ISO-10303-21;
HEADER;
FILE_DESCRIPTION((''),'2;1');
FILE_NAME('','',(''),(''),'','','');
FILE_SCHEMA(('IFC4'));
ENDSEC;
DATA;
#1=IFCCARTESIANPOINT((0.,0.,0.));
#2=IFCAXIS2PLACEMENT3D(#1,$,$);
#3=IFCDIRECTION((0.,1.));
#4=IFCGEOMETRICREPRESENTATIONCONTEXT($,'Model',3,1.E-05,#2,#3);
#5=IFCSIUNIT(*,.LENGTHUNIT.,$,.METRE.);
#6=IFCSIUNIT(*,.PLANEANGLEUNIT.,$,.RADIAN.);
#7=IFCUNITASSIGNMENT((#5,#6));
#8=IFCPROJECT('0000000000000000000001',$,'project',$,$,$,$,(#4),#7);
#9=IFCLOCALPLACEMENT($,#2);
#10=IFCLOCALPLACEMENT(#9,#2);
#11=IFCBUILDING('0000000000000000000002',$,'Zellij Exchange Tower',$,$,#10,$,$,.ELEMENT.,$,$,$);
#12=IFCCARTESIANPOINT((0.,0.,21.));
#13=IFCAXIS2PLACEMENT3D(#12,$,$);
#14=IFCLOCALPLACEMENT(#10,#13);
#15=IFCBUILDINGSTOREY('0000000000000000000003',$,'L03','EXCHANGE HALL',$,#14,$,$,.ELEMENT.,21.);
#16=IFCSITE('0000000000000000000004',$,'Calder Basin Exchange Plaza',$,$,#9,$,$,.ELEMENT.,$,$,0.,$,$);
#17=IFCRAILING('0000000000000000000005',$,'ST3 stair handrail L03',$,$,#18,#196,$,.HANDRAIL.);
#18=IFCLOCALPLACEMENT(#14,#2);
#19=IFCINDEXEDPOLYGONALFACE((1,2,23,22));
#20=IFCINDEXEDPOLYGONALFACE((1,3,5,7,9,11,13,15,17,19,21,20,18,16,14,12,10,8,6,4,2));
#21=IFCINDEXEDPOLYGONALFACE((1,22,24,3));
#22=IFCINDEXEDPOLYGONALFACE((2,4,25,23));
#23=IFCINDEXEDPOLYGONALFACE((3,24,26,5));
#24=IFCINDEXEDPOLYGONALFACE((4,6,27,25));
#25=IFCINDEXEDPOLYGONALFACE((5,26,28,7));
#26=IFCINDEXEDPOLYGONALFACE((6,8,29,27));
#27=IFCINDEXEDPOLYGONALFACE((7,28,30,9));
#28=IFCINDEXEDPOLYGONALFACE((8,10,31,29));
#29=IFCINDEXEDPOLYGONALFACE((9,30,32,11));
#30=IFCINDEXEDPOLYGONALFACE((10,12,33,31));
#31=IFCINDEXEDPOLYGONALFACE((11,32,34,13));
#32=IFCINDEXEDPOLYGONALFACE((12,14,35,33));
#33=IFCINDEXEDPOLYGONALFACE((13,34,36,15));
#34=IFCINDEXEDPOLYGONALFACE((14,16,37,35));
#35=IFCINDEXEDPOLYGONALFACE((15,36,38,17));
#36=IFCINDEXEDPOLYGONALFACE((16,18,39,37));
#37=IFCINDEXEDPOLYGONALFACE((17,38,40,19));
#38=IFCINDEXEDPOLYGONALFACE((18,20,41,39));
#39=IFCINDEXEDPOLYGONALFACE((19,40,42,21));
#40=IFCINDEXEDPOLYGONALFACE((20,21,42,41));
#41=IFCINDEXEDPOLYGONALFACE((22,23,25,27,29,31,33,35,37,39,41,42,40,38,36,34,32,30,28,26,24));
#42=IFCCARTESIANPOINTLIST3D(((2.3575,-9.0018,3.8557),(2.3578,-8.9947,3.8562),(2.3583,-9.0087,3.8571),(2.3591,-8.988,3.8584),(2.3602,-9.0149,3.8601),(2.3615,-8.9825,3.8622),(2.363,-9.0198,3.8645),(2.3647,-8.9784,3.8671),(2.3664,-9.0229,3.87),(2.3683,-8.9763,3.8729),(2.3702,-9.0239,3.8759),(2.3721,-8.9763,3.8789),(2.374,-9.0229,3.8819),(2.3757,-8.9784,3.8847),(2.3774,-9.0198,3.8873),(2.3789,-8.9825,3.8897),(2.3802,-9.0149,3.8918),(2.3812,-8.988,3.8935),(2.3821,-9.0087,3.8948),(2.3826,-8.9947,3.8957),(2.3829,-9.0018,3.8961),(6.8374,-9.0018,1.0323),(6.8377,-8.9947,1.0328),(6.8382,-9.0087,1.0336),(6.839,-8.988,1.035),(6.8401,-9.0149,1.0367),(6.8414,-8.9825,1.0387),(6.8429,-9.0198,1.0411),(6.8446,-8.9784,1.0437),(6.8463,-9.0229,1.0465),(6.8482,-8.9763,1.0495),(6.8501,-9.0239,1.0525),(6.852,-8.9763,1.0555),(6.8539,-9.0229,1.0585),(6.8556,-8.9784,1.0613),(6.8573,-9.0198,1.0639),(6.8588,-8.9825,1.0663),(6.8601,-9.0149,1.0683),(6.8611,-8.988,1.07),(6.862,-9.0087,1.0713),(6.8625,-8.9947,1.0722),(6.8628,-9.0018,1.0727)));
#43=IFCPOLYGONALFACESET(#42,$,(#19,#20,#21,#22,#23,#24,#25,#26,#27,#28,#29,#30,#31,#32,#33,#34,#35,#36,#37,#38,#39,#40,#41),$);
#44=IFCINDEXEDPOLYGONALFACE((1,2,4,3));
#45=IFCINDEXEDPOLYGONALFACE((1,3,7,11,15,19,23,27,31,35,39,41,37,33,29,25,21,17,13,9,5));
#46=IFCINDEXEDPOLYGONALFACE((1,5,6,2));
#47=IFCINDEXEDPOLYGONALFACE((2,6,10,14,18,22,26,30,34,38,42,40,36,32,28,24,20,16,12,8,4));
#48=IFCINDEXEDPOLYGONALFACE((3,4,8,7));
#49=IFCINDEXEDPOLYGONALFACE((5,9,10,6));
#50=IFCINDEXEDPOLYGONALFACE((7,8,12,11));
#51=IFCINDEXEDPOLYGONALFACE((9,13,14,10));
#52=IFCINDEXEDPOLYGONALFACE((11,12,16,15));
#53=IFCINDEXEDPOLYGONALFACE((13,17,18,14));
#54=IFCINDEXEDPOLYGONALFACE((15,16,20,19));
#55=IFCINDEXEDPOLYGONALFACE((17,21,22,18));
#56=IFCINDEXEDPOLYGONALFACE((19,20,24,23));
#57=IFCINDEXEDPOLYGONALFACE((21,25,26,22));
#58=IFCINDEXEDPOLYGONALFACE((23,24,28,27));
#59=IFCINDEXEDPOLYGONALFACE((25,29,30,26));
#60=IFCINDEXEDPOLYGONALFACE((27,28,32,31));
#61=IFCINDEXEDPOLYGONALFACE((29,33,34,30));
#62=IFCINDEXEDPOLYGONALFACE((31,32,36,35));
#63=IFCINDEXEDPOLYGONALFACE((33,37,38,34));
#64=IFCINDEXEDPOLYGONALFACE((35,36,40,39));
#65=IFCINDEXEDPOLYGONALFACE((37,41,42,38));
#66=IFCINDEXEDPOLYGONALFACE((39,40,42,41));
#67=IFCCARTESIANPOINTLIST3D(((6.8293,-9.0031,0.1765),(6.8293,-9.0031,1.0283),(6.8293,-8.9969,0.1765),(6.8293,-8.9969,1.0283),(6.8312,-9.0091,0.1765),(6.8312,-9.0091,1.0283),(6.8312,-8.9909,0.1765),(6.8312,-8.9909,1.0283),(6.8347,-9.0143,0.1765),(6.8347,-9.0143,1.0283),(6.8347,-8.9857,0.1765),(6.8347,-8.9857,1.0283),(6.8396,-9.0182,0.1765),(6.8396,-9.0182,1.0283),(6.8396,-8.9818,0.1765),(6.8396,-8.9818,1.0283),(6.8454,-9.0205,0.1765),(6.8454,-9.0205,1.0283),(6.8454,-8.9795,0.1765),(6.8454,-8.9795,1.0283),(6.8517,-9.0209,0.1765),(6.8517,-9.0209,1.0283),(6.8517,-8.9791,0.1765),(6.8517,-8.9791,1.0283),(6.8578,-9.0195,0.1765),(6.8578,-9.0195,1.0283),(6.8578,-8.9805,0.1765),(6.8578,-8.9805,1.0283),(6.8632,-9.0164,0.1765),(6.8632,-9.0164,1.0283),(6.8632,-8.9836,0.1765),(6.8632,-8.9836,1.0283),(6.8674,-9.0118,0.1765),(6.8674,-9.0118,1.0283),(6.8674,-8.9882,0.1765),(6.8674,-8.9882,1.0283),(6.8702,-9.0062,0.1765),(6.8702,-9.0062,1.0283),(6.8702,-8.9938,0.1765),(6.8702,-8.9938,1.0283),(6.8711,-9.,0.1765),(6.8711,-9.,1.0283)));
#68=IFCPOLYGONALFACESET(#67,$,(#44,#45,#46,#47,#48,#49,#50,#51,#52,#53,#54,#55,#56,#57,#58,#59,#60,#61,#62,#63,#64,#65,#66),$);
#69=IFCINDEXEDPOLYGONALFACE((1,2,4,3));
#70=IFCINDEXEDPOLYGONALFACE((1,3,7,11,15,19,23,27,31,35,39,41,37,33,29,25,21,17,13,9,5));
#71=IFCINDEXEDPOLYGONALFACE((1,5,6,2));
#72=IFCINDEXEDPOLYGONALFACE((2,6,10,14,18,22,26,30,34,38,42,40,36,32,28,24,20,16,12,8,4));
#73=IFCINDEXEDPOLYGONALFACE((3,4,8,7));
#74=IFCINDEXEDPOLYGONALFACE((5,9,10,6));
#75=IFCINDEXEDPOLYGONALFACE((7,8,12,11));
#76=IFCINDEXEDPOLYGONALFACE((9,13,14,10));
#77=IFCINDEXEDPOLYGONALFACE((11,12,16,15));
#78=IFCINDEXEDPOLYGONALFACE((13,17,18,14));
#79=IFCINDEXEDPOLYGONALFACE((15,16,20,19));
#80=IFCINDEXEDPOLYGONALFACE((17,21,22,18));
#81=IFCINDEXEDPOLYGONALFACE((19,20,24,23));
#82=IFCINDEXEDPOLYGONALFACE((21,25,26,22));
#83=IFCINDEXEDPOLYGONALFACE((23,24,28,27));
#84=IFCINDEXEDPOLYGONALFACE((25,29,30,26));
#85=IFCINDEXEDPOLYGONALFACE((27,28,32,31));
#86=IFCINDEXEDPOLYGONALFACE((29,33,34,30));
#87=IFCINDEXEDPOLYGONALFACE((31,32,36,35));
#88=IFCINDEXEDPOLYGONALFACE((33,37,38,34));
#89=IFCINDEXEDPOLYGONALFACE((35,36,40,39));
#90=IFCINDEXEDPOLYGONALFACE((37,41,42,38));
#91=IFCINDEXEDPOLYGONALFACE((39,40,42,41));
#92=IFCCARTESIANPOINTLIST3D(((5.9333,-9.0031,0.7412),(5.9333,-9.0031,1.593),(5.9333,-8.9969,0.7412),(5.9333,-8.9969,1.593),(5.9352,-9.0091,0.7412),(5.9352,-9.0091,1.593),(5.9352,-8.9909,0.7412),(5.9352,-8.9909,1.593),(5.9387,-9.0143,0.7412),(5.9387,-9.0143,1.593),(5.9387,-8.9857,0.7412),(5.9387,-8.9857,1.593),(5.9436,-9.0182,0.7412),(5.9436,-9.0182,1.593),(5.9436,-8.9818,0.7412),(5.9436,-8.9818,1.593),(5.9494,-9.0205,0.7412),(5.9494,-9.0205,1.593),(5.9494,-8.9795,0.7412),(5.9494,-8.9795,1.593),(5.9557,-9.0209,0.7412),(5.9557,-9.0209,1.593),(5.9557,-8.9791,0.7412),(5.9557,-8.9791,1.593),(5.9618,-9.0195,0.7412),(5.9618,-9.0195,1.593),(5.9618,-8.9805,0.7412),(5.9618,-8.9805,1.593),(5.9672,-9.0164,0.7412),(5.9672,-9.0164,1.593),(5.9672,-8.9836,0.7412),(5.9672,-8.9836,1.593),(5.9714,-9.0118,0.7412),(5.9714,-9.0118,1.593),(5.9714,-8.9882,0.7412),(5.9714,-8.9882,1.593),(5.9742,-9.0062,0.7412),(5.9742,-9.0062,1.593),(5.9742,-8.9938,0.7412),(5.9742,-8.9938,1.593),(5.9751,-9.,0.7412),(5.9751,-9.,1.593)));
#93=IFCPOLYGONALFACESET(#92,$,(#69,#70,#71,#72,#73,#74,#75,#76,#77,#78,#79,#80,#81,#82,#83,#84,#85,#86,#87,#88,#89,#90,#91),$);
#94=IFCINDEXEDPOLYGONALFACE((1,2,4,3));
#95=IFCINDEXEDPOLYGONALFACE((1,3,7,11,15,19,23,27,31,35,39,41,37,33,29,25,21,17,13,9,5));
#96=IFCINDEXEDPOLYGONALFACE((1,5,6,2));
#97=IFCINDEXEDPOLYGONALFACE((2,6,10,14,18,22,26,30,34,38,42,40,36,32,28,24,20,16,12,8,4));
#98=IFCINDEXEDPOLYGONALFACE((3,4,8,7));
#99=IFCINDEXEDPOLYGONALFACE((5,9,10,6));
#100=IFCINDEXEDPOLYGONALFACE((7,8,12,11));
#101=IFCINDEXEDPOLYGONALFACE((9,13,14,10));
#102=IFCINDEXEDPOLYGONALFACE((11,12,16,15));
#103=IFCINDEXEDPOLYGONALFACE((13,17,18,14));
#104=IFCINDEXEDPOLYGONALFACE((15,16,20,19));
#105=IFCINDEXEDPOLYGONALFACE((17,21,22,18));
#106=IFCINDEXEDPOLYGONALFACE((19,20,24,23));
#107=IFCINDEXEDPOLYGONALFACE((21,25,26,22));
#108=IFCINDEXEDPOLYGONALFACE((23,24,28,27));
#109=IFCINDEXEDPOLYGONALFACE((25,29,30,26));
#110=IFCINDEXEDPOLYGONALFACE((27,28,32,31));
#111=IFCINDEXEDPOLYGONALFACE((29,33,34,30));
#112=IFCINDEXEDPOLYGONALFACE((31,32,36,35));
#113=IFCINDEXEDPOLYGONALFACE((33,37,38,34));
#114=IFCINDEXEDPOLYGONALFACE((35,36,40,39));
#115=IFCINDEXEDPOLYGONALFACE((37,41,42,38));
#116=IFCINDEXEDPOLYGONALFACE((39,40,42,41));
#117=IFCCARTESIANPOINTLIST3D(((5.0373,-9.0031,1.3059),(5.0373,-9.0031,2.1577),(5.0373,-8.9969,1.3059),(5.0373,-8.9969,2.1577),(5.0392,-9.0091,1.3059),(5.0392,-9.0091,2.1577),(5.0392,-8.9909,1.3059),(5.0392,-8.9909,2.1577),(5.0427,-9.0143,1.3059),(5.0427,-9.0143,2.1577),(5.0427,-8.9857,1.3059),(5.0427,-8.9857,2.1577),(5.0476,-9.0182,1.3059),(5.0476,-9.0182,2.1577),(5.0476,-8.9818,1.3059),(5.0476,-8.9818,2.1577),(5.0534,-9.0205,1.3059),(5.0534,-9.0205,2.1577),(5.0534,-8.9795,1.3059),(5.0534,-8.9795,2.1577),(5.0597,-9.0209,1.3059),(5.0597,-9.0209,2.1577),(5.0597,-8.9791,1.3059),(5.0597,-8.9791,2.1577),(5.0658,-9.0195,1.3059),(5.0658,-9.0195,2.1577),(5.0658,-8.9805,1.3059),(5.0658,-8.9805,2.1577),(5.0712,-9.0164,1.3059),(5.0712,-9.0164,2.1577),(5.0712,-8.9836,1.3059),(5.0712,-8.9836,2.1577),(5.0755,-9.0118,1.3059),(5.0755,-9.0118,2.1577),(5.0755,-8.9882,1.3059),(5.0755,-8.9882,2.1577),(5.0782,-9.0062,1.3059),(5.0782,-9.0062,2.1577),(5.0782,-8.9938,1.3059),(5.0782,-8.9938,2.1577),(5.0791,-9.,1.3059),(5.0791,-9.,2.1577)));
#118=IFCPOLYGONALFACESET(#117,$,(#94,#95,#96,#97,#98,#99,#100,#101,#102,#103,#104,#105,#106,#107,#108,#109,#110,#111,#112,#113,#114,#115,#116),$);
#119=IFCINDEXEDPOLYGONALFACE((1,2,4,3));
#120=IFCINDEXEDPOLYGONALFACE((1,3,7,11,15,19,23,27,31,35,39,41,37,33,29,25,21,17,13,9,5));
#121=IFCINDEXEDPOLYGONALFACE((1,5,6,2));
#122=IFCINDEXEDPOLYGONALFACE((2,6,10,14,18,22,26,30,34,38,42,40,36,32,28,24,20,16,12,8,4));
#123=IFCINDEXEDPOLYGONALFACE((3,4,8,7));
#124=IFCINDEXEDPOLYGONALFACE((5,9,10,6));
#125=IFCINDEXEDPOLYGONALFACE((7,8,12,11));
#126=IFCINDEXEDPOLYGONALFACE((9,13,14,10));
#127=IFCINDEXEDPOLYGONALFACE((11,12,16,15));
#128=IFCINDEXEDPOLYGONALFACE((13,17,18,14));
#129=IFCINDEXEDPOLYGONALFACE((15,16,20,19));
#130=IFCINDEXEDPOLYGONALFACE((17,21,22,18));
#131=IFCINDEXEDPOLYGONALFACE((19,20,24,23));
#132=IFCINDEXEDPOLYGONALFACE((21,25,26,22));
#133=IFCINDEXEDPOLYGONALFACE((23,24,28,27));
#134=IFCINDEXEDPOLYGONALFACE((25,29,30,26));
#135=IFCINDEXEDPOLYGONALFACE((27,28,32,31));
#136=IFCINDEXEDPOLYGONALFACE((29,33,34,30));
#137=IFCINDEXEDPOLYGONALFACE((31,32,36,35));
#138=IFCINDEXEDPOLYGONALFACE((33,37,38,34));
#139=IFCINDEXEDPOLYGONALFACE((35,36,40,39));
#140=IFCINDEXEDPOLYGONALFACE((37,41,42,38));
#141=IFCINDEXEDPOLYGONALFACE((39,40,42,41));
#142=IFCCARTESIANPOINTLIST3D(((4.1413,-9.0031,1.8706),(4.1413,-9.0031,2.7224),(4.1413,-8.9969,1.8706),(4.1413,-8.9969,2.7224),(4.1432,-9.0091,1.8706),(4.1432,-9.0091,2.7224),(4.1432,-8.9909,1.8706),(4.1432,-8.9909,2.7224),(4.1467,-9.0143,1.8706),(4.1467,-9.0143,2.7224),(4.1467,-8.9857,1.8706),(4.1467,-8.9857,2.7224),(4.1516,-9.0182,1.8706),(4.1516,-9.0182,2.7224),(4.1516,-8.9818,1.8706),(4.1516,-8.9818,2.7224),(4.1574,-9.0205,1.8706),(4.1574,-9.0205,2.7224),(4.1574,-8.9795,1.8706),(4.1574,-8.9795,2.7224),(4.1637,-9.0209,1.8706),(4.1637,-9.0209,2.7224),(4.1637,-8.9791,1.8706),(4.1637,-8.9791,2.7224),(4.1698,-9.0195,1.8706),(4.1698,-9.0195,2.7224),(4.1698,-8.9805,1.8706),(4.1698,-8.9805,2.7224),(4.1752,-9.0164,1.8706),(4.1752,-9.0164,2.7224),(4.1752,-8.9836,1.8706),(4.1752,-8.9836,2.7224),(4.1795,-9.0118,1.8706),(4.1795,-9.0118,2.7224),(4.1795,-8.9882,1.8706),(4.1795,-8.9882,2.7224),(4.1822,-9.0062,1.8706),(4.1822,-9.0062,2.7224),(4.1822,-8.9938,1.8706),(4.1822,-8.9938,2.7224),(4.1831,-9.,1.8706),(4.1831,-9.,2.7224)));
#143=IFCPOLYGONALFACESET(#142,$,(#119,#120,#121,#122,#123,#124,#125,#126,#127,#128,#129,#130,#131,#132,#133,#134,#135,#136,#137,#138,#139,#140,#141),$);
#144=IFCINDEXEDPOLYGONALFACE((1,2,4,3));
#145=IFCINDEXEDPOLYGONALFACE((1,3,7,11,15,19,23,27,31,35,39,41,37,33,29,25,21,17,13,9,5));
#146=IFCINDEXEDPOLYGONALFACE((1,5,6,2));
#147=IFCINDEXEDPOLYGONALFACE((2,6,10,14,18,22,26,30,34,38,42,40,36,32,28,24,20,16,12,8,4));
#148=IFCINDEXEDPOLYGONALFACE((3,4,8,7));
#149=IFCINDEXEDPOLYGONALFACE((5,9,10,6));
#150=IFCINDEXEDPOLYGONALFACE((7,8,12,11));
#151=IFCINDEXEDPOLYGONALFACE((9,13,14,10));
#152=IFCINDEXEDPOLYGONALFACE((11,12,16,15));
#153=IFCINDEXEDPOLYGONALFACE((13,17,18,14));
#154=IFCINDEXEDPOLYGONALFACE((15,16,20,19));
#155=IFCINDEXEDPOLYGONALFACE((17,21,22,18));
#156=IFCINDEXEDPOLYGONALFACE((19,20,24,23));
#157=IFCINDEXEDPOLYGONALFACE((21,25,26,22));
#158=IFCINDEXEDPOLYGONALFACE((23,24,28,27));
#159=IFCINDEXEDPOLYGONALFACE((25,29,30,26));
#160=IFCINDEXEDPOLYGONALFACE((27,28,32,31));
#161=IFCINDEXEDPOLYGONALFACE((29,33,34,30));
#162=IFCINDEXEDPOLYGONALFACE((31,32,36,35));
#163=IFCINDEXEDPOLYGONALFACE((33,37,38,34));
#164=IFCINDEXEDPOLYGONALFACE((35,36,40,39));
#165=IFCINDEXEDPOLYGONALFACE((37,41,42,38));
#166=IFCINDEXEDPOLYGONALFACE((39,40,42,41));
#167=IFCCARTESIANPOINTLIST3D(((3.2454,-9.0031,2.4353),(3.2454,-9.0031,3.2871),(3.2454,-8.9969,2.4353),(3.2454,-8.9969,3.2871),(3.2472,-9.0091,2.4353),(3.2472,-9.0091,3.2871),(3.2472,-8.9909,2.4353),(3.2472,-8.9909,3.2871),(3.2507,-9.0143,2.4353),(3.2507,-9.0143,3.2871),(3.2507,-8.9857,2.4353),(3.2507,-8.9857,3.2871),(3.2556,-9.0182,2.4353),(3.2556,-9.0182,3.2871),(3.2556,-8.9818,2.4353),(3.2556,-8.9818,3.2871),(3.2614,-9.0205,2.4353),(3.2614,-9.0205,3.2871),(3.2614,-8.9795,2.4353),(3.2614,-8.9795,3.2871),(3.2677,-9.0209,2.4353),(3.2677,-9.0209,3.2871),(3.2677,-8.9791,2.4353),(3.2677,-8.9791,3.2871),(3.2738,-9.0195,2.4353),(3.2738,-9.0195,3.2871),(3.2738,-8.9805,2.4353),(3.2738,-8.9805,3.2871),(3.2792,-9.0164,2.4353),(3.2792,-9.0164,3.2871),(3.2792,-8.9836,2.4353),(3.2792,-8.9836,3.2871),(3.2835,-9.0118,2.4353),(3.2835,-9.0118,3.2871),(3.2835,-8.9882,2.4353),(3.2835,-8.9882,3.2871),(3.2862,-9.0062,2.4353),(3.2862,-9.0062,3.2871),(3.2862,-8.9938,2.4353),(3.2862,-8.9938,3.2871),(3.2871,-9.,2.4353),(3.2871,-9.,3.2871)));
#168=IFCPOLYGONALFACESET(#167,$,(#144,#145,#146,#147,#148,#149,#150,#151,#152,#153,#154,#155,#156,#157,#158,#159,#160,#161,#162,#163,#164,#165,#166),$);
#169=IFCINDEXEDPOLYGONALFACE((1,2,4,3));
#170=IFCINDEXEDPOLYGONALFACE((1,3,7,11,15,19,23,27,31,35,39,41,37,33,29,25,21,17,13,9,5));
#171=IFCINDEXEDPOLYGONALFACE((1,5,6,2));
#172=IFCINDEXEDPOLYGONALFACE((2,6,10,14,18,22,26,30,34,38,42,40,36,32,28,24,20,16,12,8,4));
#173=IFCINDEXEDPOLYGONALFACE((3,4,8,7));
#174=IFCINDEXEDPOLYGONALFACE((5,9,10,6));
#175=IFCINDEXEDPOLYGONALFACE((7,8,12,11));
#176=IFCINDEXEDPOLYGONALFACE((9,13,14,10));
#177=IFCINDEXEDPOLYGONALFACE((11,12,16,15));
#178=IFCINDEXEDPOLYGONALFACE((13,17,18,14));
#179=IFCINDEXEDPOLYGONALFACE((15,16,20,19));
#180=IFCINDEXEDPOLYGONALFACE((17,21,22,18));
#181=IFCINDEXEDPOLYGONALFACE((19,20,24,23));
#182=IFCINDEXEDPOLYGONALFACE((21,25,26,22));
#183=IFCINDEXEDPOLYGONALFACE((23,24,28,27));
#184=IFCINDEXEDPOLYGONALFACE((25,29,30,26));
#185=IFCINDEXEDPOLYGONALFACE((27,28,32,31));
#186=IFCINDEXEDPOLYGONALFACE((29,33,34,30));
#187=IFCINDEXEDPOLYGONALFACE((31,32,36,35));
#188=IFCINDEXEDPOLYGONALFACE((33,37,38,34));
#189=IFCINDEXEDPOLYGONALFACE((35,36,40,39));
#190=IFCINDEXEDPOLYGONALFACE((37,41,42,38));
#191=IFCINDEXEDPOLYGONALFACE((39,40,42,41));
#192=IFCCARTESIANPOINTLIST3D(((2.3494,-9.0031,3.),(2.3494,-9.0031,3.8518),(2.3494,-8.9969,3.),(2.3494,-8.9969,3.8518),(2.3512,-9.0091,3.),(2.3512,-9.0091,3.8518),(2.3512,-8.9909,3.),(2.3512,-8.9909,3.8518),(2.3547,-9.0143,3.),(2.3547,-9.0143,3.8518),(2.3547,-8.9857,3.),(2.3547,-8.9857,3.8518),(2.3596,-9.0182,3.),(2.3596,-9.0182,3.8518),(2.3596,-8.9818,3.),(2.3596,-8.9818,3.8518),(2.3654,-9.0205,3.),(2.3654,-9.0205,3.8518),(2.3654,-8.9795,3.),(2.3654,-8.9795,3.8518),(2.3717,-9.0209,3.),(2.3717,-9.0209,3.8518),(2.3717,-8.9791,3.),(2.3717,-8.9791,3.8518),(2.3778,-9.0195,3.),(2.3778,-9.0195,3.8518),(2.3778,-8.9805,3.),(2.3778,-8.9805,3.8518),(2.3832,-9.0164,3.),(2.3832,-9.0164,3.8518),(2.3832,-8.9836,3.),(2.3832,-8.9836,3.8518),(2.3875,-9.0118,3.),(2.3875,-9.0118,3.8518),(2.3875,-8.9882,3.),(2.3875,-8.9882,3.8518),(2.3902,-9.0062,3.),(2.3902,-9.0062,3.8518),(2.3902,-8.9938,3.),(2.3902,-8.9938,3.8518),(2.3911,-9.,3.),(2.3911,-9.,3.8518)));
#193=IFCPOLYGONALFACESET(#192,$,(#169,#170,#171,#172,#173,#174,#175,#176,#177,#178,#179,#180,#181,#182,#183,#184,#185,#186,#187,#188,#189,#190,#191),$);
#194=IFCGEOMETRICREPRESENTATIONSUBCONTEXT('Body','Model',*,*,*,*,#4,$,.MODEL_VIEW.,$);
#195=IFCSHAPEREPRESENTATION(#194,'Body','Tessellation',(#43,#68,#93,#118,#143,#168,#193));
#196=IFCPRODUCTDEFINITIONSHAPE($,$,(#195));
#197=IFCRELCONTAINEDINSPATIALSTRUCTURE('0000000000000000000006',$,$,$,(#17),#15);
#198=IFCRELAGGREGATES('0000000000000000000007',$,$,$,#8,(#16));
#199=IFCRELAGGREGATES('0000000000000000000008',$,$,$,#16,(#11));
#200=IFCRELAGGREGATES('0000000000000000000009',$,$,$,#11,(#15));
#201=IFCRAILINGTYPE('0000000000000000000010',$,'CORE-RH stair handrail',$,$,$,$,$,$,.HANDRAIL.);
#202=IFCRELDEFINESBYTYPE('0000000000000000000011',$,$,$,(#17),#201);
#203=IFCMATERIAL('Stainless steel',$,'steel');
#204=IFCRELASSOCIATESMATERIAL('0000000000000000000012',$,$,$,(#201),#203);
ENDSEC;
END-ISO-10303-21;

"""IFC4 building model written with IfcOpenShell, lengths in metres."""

from ifc_helpers import new_model, si_unit, direction, frame, origin, origin_2d, place, context, subcontext, project, spatial, circle, extrude, material, type_object, element, save


model = new_model("IFC4")

# Units and contexts
model_context = context("Model", 3, precision=1e-05, world=origin(), true_north=direction((0.0, 1.0)))
body_context = subcontext(model_context, "Body", "Model", "MODEL_VIEW")
ifc_project = project(units=[si_unit("LENGTHUNIT", "METRE"), si_unit("PLANEANGLEUNIT", "RADIAN")], contexts=[model_context])

# Site, building, storey
site_placement = place(None, origin())
site = spatial("IfcSite", under=ifc_project, at=site_placement, Name="Calder Basin Exchange Plaza", CompositionType="ELEMENT", RefElevation=0.0)
building_placement = place(site_placement, origin())
building = spatial("IfcBuilding", under=site, at=building_placement, Name="Zellij Exchange Tower", CompositionType="ELEMENT")
storey_placement = place(building_placement, frame((0.0, 0.0, 21.0)))
storey = spatial("IfcBuildingStorey", under=building, at=storey_placement, Name="L03", Description="EXCHANGE HALL", CompositionType="ELEMENT", Elevation=21.0)

# Railing
ifc_material_1 = material(Name="Stainless steel", Category="steel")
railing_type_1 = type_object("IfcRailingType", Name="CORE-RH stair handrail", PredefinedType="HANDRAIL", material=ifc_material_1)
railing_1_placement = place(storey_placement, frame((6.8501, -9.0, 0.1765)))
element("IfcRailing", 1, at=railing_1_placement, inside=storey, type_object=railing_type_1, Name="ST3 stair handrail L03", PredefinedType="HANDRAIL", context=body_context, shape_type="SweptSolid", body=[
    extrude(circle(Radius=0.0239, at=origin_2d()), frame((0.0, 0.0, 0.876), z_axis=(-0.845998, 0.0, 0.533186), x_axis=(0.0, -1.0, 0.0)), (0.0, 0.0, 1.0), 5.2954),
    extrude(circle(Radius=0.021, at=origin_2d()), origin(), (0.0, 0.0, 1.0), 0.8518),
    extrude(circle(Radius=0.021, at=origin_2d()), frame((-0.896, 0.0, 0.5647)), (0.0, 0.0, 1.0), 0.8518),
    extrude(circle(Radius=0.021, at=origin_2d()), frame((-1.792, 0.0, 1.1294)), (0.0, 0.0, 1.0), 0.8518),
    extrude(circle(Radius=0.021, at=origin_2d()), frame((-2.688, 0.0, 1.6941)), (0.0, 0.0, 1.0), 0.8518),
    extrude(circle(Radius=0.021, at=origin_2d()), frame((-3.584, 0.0, 2.2588)), (0.0, 0.0, 1.0), 0.8518),
    extrude(circle(Radius=0.021, at=origin_2d()), frame((-4.48, 0.0, 2.8235)), (0.0, 0.0, 1.0), 0.8518),
])

save(model, "model.ifc")
